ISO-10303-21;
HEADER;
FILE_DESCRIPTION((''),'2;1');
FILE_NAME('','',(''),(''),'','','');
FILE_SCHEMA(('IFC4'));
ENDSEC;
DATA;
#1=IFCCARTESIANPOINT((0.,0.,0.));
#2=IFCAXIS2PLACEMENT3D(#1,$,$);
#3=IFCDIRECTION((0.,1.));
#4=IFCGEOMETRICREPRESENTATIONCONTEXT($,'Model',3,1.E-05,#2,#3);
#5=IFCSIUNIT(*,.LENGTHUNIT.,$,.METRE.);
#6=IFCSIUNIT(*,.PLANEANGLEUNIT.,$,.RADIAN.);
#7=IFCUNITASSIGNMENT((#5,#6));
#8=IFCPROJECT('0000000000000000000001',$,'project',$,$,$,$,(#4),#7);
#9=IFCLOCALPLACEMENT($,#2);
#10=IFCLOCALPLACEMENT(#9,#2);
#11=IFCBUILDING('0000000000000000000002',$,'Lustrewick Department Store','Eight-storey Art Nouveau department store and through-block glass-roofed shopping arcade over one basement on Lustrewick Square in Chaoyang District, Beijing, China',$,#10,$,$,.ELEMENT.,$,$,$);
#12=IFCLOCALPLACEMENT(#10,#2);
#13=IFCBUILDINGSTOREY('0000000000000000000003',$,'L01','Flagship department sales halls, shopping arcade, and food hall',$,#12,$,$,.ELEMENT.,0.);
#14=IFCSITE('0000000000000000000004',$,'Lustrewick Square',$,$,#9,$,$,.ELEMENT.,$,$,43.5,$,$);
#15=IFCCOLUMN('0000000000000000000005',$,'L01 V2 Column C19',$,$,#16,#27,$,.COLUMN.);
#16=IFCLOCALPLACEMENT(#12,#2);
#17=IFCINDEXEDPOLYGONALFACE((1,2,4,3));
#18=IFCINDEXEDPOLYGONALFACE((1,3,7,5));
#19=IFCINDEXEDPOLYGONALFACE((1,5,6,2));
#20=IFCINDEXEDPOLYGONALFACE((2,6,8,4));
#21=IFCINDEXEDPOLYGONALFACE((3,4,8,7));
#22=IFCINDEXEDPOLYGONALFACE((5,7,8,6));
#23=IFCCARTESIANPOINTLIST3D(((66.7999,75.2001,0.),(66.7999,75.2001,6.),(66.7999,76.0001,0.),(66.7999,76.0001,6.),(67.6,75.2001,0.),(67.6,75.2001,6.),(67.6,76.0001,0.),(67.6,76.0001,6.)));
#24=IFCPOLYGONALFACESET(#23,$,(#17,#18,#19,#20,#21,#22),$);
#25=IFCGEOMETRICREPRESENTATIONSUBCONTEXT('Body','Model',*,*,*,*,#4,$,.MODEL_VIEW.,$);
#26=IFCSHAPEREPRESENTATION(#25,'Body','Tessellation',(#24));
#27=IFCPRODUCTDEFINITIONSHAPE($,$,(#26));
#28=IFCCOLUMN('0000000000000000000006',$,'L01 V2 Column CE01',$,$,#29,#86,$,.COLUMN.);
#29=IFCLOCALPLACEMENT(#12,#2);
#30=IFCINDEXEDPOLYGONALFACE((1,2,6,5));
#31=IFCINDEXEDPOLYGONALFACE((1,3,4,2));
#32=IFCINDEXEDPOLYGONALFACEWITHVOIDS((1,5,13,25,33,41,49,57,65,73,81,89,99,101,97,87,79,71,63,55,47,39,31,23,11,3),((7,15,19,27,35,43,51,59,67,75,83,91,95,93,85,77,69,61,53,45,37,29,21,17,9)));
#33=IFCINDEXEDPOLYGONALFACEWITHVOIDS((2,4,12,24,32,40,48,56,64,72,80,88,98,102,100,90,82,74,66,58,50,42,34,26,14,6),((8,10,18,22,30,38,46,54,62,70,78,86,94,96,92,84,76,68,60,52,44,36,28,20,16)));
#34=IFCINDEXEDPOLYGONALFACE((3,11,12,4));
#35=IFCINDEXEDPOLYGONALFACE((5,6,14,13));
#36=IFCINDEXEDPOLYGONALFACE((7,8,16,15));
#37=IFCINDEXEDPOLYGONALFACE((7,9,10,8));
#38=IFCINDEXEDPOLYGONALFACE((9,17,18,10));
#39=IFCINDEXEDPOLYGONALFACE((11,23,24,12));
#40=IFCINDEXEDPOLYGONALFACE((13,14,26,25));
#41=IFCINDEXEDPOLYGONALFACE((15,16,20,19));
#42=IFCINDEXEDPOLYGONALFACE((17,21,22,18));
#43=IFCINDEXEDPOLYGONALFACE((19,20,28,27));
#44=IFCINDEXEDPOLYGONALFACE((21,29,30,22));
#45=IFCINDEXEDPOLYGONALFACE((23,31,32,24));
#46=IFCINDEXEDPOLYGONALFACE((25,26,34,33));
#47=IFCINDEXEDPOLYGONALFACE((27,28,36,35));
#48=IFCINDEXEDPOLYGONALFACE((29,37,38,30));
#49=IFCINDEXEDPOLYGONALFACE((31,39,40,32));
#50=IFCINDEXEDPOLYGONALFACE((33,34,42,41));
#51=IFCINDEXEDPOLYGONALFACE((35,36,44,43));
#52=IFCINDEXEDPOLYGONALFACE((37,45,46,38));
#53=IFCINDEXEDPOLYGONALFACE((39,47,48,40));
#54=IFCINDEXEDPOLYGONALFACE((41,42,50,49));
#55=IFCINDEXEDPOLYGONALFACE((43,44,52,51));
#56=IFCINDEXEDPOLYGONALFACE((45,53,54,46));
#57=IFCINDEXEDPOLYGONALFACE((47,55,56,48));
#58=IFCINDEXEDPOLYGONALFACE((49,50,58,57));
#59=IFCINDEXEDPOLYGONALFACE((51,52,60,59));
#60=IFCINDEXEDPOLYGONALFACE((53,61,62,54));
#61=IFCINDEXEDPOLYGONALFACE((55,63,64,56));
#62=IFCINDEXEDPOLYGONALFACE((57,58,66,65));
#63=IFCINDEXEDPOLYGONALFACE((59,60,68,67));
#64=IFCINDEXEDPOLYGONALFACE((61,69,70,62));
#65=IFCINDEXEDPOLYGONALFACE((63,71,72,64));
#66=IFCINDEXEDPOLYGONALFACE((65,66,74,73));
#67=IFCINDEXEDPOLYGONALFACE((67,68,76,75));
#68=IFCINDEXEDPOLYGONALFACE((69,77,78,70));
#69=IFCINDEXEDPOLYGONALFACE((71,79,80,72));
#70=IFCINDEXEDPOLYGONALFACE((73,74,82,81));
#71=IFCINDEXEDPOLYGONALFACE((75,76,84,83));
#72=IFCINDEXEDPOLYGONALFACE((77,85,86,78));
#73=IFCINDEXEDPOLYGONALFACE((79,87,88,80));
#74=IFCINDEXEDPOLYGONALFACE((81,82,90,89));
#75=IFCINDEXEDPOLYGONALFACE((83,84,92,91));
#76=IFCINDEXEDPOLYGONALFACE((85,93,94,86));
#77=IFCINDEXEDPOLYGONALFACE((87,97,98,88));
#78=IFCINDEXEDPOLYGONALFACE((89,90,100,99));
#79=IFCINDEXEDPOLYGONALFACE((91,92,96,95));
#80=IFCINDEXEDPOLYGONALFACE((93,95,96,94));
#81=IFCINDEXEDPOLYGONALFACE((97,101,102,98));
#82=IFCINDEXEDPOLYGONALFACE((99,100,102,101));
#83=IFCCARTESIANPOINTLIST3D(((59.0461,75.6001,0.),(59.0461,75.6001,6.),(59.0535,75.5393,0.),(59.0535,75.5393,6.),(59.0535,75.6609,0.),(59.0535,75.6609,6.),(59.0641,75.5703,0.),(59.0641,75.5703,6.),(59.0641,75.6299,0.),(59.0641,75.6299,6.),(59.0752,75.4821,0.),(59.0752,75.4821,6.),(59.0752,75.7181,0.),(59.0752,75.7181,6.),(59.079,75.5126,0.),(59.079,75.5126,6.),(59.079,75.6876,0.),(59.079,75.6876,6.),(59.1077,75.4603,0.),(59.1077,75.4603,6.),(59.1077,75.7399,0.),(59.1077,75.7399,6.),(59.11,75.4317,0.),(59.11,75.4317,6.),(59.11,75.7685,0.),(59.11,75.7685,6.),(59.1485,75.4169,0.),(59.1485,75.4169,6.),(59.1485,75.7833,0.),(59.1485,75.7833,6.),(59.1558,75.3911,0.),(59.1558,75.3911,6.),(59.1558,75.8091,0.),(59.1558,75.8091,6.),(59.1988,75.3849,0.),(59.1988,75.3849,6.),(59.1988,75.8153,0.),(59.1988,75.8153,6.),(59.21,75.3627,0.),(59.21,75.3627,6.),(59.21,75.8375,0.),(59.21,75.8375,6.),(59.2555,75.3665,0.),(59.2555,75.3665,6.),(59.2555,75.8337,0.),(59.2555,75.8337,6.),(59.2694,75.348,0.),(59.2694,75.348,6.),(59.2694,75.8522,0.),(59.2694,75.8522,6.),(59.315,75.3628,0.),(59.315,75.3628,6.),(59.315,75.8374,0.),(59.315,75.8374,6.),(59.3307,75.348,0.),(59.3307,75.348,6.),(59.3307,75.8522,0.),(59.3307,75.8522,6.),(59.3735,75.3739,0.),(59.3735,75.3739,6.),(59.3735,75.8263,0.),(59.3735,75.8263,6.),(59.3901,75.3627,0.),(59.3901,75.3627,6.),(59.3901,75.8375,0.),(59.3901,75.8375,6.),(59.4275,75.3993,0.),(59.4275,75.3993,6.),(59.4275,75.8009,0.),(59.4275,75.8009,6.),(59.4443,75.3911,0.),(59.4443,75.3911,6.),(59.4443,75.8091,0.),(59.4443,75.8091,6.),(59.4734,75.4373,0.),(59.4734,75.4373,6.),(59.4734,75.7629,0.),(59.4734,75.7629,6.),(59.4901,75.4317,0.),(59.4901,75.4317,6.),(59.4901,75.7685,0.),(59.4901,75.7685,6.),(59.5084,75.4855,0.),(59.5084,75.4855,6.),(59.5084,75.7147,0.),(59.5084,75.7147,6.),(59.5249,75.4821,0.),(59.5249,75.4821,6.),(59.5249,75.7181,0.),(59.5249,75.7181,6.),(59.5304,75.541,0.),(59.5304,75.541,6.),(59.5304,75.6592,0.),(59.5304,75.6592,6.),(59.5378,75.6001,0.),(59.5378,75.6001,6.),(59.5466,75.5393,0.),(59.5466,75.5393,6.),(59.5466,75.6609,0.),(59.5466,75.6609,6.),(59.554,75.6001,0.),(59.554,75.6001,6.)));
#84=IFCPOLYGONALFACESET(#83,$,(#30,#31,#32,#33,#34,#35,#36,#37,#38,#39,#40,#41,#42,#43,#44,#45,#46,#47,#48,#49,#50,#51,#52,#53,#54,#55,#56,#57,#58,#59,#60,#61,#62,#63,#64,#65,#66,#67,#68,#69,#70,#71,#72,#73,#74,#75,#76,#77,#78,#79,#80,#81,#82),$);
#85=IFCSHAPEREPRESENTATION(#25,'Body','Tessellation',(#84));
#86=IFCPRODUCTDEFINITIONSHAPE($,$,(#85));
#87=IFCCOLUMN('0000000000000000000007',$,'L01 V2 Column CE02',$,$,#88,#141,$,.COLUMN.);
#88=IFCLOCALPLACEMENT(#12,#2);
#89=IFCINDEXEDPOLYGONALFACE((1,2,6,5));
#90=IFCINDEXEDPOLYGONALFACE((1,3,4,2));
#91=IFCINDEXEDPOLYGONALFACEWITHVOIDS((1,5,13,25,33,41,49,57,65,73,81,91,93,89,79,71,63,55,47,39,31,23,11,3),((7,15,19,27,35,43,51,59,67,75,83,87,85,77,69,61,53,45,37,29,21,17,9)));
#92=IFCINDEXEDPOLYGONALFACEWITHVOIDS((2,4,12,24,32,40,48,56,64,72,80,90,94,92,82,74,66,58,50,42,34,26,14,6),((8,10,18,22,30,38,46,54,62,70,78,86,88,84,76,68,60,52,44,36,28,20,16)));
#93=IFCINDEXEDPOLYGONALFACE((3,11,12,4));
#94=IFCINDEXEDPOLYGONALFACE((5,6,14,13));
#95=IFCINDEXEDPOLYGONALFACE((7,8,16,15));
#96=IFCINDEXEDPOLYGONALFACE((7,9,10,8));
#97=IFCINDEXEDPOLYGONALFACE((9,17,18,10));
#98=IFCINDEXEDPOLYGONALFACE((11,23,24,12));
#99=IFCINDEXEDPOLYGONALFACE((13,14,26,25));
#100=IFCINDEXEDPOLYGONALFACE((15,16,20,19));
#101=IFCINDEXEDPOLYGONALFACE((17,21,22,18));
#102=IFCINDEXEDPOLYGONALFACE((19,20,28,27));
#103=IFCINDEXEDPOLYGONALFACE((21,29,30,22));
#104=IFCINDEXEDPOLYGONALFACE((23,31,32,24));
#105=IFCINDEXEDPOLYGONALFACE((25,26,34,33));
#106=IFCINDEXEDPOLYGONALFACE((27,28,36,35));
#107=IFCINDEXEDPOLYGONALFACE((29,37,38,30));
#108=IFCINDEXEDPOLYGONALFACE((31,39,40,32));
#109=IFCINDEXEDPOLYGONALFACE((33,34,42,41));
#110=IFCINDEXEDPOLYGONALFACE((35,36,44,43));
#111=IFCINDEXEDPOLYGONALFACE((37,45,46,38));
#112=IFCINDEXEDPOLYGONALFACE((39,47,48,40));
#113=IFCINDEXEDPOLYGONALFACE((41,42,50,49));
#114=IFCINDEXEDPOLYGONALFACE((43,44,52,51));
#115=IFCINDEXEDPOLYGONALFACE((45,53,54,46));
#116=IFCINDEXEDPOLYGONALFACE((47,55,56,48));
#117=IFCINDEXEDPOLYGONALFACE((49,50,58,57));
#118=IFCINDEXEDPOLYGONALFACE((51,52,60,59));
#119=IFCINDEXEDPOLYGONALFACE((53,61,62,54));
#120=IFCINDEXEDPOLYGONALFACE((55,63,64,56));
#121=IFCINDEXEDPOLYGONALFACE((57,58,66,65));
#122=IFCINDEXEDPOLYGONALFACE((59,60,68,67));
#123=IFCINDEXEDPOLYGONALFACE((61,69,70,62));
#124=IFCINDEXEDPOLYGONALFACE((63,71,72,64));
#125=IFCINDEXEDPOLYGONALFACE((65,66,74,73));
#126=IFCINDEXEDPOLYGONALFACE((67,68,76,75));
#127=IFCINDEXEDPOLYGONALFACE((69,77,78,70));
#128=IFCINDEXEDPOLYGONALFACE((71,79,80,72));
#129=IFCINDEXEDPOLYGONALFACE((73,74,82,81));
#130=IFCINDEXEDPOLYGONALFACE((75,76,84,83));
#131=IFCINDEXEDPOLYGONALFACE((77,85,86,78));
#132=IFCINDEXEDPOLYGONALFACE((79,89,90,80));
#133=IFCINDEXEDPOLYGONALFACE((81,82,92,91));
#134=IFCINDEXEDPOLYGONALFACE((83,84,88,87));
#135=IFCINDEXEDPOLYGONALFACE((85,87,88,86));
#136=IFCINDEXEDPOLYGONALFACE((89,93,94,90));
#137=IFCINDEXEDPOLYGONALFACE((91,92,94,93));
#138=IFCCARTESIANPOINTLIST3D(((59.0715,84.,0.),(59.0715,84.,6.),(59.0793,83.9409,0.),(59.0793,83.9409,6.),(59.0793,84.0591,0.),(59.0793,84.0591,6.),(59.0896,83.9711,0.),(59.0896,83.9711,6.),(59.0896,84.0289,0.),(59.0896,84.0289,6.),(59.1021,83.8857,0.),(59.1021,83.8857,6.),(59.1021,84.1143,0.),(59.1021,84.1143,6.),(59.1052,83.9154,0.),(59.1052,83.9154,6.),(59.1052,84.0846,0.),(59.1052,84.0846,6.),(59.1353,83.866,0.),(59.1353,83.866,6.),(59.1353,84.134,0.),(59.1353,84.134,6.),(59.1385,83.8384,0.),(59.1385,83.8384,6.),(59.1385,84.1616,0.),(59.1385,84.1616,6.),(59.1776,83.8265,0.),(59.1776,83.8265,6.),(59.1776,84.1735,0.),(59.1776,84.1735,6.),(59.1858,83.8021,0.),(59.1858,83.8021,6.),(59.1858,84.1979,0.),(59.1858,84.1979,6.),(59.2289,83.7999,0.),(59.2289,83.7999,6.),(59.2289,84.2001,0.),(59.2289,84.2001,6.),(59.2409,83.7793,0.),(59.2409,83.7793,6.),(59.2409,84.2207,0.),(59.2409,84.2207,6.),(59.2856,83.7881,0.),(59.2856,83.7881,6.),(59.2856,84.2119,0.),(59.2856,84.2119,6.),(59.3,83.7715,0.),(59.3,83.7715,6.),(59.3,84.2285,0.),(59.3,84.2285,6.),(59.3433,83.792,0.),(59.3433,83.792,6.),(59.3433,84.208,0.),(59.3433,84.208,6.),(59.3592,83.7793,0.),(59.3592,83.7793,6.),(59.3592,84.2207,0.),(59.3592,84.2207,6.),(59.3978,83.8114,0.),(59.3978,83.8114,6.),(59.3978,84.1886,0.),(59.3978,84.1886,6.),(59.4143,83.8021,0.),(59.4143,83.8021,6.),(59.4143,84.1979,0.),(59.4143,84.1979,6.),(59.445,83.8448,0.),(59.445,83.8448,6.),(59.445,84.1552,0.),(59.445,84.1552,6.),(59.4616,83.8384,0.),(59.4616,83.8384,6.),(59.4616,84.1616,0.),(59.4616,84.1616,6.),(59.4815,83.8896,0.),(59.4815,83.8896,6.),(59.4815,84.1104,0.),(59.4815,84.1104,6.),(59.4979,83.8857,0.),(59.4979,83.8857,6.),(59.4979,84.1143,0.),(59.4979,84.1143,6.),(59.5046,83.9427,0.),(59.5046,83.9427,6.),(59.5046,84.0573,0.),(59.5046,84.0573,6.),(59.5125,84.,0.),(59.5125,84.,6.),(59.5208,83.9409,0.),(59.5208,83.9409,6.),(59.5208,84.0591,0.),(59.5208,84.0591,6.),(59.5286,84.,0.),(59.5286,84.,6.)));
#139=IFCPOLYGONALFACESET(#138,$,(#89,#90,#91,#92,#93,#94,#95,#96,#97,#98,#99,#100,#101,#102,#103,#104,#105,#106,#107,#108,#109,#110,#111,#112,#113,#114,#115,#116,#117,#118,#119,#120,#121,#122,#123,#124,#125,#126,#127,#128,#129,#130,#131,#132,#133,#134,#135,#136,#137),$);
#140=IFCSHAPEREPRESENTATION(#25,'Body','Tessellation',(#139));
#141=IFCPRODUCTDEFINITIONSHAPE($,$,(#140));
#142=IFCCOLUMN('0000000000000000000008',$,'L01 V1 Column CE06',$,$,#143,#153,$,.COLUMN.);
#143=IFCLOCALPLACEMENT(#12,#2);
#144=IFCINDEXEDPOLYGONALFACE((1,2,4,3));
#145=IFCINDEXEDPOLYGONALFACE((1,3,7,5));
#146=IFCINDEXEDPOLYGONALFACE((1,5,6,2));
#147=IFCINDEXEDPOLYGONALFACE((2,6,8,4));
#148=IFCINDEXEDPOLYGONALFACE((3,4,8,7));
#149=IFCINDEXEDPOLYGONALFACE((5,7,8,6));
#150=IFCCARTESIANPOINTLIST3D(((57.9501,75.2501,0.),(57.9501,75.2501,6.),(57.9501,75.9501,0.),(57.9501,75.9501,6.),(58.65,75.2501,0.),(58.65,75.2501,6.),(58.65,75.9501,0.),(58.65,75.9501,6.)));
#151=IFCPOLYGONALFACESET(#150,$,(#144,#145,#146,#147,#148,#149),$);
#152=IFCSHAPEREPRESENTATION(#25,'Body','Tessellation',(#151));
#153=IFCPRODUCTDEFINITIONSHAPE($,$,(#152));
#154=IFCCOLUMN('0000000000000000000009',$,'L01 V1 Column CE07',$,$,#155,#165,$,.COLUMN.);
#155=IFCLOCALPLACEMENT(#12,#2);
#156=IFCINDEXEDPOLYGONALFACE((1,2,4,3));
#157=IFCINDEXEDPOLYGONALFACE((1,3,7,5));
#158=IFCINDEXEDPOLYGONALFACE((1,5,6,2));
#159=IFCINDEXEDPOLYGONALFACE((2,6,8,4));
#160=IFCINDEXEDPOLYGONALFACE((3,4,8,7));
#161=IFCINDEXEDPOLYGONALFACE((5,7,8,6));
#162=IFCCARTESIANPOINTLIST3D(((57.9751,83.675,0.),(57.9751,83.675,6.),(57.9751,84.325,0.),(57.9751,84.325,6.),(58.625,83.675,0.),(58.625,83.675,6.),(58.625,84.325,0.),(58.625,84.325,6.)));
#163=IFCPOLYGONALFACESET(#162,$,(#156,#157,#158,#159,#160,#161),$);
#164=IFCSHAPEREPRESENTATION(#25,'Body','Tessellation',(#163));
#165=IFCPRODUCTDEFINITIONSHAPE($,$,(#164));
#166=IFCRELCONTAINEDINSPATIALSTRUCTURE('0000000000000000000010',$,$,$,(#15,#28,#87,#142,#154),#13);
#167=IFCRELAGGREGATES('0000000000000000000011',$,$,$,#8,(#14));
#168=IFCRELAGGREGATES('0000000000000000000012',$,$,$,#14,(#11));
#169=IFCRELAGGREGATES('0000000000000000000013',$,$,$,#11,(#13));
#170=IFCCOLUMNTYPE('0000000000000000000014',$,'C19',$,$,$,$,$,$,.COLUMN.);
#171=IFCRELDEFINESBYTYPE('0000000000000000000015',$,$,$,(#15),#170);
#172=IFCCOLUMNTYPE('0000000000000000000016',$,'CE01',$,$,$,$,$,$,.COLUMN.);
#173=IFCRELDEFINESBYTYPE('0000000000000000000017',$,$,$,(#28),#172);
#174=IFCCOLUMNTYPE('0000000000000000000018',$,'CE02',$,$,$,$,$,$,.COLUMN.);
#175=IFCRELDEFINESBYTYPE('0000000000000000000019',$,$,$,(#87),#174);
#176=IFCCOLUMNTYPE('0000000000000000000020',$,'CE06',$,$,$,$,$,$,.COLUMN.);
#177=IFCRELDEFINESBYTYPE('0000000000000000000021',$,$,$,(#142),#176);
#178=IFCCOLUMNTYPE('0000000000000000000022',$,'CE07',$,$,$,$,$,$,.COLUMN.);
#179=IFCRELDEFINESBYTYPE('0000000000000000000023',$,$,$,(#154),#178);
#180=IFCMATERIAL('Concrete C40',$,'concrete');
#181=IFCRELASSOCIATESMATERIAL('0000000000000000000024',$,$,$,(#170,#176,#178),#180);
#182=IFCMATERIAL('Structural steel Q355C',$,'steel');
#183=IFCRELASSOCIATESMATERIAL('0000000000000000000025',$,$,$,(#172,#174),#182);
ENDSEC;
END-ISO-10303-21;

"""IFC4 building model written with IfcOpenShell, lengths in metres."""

from ifc_helpers import new_model, si_unit, direction, frame, origin, origin_2d, place, context, subcontext, project, spatial, rectangle, hollow_circle, extrude, material, material_profile, profile_set, type_object, element, save


model = new_model("IFC4")

# Units and contexts
model_context = context("Model", 3, precision=1e-05, world=origin(), true_north=direction((0.0, 1.0)))
body_context = subcontext(model_context, "Body", "Model", "MODEL_VIEW")
ifc_project = project(units=[si_unit("LENGTHUNIT", "METRE"), si_unit("PLANEANGLEUNIT", "RADIAN")], contexts=[model_context])

# Site, building, storey
site_placement = place(None, origin())
site = spatial("IfcSite", under=ifc_project, at=site_placement, Name="Lustrewick Square", CompositionType="ELEMENT", RefElevation=43.5)
building_placement = place(site_placement, origin())
building = spatial("IfcBuilding", under=site, at=building_placement, Name="Lustrewick Department Store", Description="Eight-storey Art Nouveau department store and through-block glass-roofed shopping arcade over one basement on Lustrewick Square in Chaoyang District, Beijing, China", CompositionType="ELEMENT")
storey_placement = place(building_placement, origin())
storey = spatial("IfcBuildingStorey", under=building, at=storey_placement, Name="L01", Description="Flagship department sales halls, shopping arcade, and food hall", CompositionType="ELEMENT", Elevation=0.0)

# Columns
ifc_material_1 = material(Name="Concrete C40", Category="concrete")
ifc_material_profile_1 = material_profile(ifc_material_1, rectangle(XDim=0.8, YDim=0.8, at=origin_2d()), Name="RC 800x800")
ifc_profile_set_1 = profile_set([ifc_material_profile_1], Name="Concrete C40")
column_type_1 = type_object("IfcColumnType", Name="C19", PredefinedType="COLUMN", material=ifc_profile_set_1)
column_1_placement = place(storey_placement, frame((67.2, 75.6001, 0.0), z_axis=(0.0, 0.0, 1.0), x_axis=(1.0, 0.0, 0.0)))
element("IfcColumn", 1, at=column_1_placement, inside=storey, type_object=column_type_1, Name="L01 V2 Column C19", PredefinedType="COLUMN", context=body_context, shape_type="SweptSolid", body=[
    extrude(rectangle(XDim=0.8, YDim=0.8, at=origin_2d()), origin(), (0.0, 0.0, 1.0), 6.0),
])
ifc_material_2 = material(Name="Structural steel Q355C", Category="steel")
ifc_material_profile_2 = material_profile(ifc_material_2, hollow_circle(Radius=0.2539, WallThickness=0.0161, at=origin_2d()), Name="CHS 508x16")
ifc_profile_set_2 = profile_set([ifc_material_profile_2], Name="Structural steel Q355C")
column_type_2 = type_object("IfcColumnType", Name="CE01", PredefinedType="COLUMN", material=ifc_profile_set_2)
column_2_placement = place(storey_placement, frame((59.3, 75.6001, 0.0), z_axis=(0.0, 0.0, 1.0), x_axis=(1.0, 0.0, 0.0)))
element("IfcColumn", 2, at=column_2_placement, inside=storey, type_object=column_type_2, Name="L01 V2 Column CE01", PredefinedType="COLUMN", context=body_context, shape_type="SweptSolid", body=[
    extrude(hollow_circle(Radius=0.2539, WallThickness=0.0161, at=origin_2d()), origin(), (0.0, 0.0, 1.0), 6.0),
])
ifc_material_profile_3 = material_profile(ifc_material_2, hollow_circle(Radius=0.2285, WallThickness=0.0161, at=origin_2d()), Name="CHS 457x16")
ifc_profile_set_3 = profile_set([ifc_material_profile_3], Name="Structural steel Q355C")
column_type_3 = type_object("IfcColumnType", Name="CE02", PredefinedType="COLUMN", material=ifc_profile_set_3)
column_3_placement = place(storey_placement, frame((59.3, 84.0, 0.0), z_axis=(0.0, 0.0, 1.0), x_axis=(1.0, 0.0, 0.0)))
element("IfcColumn", 3, at=column_3_placement, inside=storey, type_object=column_type_3, Name="L01 V2 Column CE02", PredefinedType="COLUMN", context=body_context, shape_type="SweptSolid", body=[
    extrude(hollow_circle(Radius=0.2285, WallThickness=0.0161, at=origin_2d()), origin(), (0.0, 0.0, 1.0), 6.0),
])
ifc_material_profile_4 = material_profile(ifc_material_1, rectangle(XDim=0.7, YDim=0.7, at=origin_2d()), Name="RC 700x700")
ifc_profile_set_4 = profile_set([ifc_material_profile_4], Name="Concrete C40")
column_type_4 = type_object("IfcColumnType", Name="CE06", PredefinedType="COLUMN", material=ifc_profile_set_4)
column_4_placement = place(storey_placement, frame((58.3, 75.6001, 0.0), z_axis=(0.0, 0.0, 1.0), x_axis=(1.0, 0.0, 0.0)))
element("IfcColumn", 4, at=column_4_placement, inside=storey, type_object=column_type_4, Name="L01 V1 Column CE06", PredefinedType="COLUMN", context=body_context, shape_type="SweptSolid", body=[
    extrude(rectangle(XDim=0.7, YDim=0.7, at=origin_2d()), origin(), (0.0, 0.0, 1.0), 6.0),
])
ifc_material_profile_5 = material_profile(ifc_material_1, rectangle(XDim=0.6499, YDim=0.6499, at=origin_2d()), Name="RC 650x650")
ifc_profile_set_5 = profile_set([ifc_material_profile_5], Name="Concrete C40")
column_type_5 = type_object("IfcColumnType", Name="CE07", PredefinedType="COLUMN", material=ifc_profile_set_5)
column_5_placement = place(storey_placement, frame((58.3, 84.0, 0.0), z_axis=(0.0, 0.0, 1.0), x_axis=(1.0, 0.0, 0.0)))
element("IfcColumn", 5, at=column_5_placement, inside=storey, type_object=column_type_5, Name="L01 V1 Column CE07", PredefinedType="COLUMN", context=body_context, shape_type="SweptSolid", body=[
    extrude(rectangle(XDim=0.6499, YDim=0.6499, at=origin_2d()), origin(), (0.0, 0.0, 1.0), 6.0),
])

save(model, "model.ifc")
